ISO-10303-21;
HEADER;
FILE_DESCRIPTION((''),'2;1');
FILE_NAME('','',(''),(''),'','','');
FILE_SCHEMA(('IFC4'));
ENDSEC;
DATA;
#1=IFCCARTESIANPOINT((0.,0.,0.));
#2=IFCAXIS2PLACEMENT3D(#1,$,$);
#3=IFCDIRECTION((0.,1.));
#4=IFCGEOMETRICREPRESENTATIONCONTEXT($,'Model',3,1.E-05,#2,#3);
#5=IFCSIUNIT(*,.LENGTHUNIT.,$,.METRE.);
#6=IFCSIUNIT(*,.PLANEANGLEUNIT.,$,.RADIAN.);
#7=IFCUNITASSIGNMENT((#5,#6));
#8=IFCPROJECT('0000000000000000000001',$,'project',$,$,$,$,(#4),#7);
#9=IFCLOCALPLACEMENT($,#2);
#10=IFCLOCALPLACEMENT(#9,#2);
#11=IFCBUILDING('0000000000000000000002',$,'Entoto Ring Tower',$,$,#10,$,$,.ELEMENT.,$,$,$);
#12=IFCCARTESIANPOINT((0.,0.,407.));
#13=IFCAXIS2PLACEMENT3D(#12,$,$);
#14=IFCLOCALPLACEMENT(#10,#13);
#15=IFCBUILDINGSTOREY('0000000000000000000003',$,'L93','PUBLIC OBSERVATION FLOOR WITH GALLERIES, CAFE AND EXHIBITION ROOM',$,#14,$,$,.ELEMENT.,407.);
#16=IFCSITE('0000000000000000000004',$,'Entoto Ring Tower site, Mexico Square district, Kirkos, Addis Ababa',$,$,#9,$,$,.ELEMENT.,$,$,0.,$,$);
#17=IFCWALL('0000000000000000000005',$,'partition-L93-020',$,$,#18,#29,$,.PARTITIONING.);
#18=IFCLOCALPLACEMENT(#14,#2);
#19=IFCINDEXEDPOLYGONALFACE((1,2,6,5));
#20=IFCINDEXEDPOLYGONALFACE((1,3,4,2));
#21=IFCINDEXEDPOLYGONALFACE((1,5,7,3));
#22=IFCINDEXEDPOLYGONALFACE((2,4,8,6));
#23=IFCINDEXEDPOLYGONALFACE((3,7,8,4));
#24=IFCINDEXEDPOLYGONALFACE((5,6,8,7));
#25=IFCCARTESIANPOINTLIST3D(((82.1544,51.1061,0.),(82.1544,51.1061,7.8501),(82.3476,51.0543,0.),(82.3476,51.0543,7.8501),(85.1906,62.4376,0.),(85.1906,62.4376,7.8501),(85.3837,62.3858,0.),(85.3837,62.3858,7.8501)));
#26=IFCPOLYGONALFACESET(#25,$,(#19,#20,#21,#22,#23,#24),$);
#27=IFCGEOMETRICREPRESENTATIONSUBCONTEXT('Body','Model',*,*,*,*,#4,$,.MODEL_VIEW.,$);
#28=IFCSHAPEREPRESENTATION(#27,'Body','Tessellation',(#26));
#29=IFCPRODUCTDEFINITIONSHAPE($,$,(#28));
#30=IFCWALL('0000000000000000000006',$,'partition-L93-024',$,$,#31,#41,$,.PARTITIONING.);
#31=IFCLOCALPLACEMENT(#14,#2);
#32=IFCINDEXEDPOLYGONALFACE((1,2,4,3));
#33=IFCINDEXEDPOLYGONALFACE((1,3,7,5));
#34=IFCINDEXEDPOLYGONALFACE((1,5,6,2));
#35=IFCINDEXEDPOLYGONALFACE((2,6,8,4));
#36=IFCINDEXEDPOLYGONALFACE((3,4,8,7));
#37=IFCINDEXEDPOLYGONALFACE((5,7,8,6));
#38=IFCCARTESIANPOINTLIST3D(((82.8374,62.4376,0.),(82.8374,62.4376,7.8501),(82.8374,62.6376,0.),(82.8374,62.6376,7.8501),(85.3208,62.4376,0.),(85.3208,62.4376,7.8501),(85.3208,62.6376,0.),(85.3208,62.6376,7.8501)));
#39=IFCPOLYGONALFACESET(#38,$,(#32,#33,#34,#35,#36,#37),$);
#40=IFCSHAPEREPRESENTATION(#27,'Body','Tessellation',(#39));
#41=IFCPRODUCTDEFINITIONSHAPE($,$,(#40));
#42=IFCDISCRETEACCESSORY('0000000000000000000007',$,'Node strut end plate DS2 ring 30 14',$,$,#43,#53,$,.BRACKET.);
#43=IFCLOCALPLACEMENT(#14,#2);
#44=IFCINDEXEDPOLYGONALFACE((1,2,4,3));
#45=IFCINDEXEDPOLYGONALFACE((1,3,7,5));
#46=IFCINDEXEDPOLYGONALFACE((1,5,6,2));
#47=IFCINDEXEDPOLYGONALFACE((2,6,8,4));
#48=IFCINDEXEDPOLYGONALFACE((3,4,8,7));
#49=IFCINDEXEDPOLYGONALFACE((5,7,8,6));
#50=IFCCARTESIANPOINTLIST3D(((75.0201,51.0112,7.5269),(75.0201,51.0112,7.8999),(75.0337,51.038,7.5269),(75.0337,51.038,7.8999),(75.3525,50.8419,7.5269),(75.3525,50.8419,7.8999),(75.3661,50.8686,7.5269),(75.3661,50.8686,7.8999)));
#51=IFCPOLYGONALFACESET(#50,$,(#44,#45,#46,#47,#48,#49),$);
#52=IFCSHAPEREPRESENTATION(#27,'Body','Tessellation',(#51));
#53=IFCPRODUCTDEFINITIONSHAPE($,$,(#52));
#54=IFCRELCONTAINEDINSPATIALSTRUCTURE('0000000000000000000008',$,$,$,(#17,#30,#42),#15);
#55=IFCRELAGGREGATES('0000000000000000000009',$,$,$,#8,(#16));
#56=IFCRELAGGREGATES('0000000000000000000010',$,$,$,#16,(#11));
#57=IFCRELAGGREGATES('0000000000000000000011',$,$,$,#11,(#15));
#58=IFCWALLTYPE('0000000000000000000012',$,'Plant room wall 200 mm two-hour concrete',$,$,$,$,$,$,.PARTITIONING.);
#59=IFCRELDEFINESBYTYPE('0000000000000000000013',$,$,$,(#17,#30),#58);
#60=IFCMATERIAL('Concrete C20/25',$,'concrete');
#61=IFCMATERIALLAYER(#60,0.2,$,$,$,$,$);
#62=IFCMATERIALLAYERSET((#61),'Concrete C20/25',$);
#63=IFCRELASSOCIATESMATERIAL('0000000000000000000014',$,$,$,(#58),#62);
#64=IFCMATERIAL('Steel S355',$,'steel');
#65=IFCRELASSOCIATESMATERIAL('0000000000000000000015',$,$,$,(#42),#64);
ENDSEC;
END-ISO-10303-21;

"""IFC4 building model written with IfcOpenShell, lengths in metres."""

from ifc_helpers import new_model, si_unit, direction, frame, frame_2d, origin, origin_2d, place, context, subcontext, project, spatial, rectangle, extrude, material, layer, layer_set, type_object, element, save


model = new_model("IFC4")

# Units and contexts
model_context = context("Model", 3, precision=1e-05, world=origin(), true_north=direction((0.0, 1.0)))
body_context = subcontext(model_context, "Body", "Model", "MODEL_VIEW")
ifc_project = project(units=[si_unit("LENGTHUNIT", "METRE"), si_unit("PLANEANGLEUNIT", "RADIAN")], contexts=[model_context])

# Site, building, storey
site_placement = place(None, origin())
site = spatial("IfcSite", under=ifc_project, at=site_placement, Name="Entoto Ring Tower site, Mexico Square district, Kirkos, Addis Ababa", CompositionType="ELEMENT", RefElevation=0.0)
building_placement = place(site_placement, origin())
building = spatial("IfcBuilding", under=site, at=building_placement, Name="Entoto Ring Tower", CompositionType="ELEMENT")
storey_placement = place(building_placement, frame((0.0, 0.0, 407.0)))
storey = spatial("IfcBuildingStorey", under=building, at=storey_placement, Name="L93", Description="PUBLIC OBSERVATION FLOOR WITH GALLERIES, CAFE AND EXHIBITION ROOM", CompositionType="ELEMENT", Elevation=407.0)

# Shared definitions
ifc_material_1 = material(Name="Concrete C20/25", Category="concrete")
ifc_layer_1 = layer(ifc_material_1, 0.2)
ifc_layer_set_1 = layer_set([ifc_layer_1], Name="Concrete C20/25")
wall_type_1 = type_object("IfcWallType", Name="Plant room wall 200 mm two-hour concrete", PredefinedType="PARTITIONING", material=ifc_layer_set_1)

# Walls
wall_1_placement = place(storey_placement, frame((82.251, 51.0801, 0.0), z_axis=(0.0, 0.0, 1.0), x_axis=(0.258808, 0.965929, 0.0)))
element("IfcWall", 1, at=wall_1_placement, inside=storey, type_object=wall_type_1, Name="partition-L93-020", PredefinedType="PARTITIONING", context=body_context, shape_type="SweptSolid", body=[
    extrude(rectangle(XDim=11.7312, YDim=0.2, at=frame_2d((5.8657, 0.0))), origin(), (0.0, 0.0, 1.0), 7.8501),
])
wall_2_placement = place(storey_placement, frame((82.8374, 62.5376, 0.0), z_axis=(0.0, 0.0, 1.0), x_axis=(1.0, 0.0, 0.0)))
element("IfcWall", 2, at=wall_2_placement, inside=storey, type_object=wall_type_1, Name="partition-L93-024", PredefinedType="PARTITIONING", context=body_context, shape_type="SweptSolid", body=[
    extrude(rectangle(XDim=2.4834, YDim=0.2, at=frame_2d((1.2417, 0.0))), origin(), (0.0, 0.0, 1.0), 7.8501),
])

# Discrete accessory
ifc_material_2 = material(Name="Steel S355", Category="steel")
discrete_accessory_placement = place(storey_placement, frame((75.1931, 50.9399, 7.5269), z_axis=(0.0, 0.0, 1.0), x_axis=(-0.45399, -0.891007, 0.0)))
element("IfcDiscreteAccessory", 3, at=discrete_accessory_placement, inside=storey, material=ifc_material_2, Name="Node strut end plate DS2 ring 30 14", PredefinedType="BRACKET", context=body_context, shape_type="SweptSolid", body=[
    extrude(rectangle(XDim=0.03, YDim=0.373, at=origin_2d()), origin(), (0.0, 0.0, 1.0), 0.373),
])

save(model, "model.ifc")
